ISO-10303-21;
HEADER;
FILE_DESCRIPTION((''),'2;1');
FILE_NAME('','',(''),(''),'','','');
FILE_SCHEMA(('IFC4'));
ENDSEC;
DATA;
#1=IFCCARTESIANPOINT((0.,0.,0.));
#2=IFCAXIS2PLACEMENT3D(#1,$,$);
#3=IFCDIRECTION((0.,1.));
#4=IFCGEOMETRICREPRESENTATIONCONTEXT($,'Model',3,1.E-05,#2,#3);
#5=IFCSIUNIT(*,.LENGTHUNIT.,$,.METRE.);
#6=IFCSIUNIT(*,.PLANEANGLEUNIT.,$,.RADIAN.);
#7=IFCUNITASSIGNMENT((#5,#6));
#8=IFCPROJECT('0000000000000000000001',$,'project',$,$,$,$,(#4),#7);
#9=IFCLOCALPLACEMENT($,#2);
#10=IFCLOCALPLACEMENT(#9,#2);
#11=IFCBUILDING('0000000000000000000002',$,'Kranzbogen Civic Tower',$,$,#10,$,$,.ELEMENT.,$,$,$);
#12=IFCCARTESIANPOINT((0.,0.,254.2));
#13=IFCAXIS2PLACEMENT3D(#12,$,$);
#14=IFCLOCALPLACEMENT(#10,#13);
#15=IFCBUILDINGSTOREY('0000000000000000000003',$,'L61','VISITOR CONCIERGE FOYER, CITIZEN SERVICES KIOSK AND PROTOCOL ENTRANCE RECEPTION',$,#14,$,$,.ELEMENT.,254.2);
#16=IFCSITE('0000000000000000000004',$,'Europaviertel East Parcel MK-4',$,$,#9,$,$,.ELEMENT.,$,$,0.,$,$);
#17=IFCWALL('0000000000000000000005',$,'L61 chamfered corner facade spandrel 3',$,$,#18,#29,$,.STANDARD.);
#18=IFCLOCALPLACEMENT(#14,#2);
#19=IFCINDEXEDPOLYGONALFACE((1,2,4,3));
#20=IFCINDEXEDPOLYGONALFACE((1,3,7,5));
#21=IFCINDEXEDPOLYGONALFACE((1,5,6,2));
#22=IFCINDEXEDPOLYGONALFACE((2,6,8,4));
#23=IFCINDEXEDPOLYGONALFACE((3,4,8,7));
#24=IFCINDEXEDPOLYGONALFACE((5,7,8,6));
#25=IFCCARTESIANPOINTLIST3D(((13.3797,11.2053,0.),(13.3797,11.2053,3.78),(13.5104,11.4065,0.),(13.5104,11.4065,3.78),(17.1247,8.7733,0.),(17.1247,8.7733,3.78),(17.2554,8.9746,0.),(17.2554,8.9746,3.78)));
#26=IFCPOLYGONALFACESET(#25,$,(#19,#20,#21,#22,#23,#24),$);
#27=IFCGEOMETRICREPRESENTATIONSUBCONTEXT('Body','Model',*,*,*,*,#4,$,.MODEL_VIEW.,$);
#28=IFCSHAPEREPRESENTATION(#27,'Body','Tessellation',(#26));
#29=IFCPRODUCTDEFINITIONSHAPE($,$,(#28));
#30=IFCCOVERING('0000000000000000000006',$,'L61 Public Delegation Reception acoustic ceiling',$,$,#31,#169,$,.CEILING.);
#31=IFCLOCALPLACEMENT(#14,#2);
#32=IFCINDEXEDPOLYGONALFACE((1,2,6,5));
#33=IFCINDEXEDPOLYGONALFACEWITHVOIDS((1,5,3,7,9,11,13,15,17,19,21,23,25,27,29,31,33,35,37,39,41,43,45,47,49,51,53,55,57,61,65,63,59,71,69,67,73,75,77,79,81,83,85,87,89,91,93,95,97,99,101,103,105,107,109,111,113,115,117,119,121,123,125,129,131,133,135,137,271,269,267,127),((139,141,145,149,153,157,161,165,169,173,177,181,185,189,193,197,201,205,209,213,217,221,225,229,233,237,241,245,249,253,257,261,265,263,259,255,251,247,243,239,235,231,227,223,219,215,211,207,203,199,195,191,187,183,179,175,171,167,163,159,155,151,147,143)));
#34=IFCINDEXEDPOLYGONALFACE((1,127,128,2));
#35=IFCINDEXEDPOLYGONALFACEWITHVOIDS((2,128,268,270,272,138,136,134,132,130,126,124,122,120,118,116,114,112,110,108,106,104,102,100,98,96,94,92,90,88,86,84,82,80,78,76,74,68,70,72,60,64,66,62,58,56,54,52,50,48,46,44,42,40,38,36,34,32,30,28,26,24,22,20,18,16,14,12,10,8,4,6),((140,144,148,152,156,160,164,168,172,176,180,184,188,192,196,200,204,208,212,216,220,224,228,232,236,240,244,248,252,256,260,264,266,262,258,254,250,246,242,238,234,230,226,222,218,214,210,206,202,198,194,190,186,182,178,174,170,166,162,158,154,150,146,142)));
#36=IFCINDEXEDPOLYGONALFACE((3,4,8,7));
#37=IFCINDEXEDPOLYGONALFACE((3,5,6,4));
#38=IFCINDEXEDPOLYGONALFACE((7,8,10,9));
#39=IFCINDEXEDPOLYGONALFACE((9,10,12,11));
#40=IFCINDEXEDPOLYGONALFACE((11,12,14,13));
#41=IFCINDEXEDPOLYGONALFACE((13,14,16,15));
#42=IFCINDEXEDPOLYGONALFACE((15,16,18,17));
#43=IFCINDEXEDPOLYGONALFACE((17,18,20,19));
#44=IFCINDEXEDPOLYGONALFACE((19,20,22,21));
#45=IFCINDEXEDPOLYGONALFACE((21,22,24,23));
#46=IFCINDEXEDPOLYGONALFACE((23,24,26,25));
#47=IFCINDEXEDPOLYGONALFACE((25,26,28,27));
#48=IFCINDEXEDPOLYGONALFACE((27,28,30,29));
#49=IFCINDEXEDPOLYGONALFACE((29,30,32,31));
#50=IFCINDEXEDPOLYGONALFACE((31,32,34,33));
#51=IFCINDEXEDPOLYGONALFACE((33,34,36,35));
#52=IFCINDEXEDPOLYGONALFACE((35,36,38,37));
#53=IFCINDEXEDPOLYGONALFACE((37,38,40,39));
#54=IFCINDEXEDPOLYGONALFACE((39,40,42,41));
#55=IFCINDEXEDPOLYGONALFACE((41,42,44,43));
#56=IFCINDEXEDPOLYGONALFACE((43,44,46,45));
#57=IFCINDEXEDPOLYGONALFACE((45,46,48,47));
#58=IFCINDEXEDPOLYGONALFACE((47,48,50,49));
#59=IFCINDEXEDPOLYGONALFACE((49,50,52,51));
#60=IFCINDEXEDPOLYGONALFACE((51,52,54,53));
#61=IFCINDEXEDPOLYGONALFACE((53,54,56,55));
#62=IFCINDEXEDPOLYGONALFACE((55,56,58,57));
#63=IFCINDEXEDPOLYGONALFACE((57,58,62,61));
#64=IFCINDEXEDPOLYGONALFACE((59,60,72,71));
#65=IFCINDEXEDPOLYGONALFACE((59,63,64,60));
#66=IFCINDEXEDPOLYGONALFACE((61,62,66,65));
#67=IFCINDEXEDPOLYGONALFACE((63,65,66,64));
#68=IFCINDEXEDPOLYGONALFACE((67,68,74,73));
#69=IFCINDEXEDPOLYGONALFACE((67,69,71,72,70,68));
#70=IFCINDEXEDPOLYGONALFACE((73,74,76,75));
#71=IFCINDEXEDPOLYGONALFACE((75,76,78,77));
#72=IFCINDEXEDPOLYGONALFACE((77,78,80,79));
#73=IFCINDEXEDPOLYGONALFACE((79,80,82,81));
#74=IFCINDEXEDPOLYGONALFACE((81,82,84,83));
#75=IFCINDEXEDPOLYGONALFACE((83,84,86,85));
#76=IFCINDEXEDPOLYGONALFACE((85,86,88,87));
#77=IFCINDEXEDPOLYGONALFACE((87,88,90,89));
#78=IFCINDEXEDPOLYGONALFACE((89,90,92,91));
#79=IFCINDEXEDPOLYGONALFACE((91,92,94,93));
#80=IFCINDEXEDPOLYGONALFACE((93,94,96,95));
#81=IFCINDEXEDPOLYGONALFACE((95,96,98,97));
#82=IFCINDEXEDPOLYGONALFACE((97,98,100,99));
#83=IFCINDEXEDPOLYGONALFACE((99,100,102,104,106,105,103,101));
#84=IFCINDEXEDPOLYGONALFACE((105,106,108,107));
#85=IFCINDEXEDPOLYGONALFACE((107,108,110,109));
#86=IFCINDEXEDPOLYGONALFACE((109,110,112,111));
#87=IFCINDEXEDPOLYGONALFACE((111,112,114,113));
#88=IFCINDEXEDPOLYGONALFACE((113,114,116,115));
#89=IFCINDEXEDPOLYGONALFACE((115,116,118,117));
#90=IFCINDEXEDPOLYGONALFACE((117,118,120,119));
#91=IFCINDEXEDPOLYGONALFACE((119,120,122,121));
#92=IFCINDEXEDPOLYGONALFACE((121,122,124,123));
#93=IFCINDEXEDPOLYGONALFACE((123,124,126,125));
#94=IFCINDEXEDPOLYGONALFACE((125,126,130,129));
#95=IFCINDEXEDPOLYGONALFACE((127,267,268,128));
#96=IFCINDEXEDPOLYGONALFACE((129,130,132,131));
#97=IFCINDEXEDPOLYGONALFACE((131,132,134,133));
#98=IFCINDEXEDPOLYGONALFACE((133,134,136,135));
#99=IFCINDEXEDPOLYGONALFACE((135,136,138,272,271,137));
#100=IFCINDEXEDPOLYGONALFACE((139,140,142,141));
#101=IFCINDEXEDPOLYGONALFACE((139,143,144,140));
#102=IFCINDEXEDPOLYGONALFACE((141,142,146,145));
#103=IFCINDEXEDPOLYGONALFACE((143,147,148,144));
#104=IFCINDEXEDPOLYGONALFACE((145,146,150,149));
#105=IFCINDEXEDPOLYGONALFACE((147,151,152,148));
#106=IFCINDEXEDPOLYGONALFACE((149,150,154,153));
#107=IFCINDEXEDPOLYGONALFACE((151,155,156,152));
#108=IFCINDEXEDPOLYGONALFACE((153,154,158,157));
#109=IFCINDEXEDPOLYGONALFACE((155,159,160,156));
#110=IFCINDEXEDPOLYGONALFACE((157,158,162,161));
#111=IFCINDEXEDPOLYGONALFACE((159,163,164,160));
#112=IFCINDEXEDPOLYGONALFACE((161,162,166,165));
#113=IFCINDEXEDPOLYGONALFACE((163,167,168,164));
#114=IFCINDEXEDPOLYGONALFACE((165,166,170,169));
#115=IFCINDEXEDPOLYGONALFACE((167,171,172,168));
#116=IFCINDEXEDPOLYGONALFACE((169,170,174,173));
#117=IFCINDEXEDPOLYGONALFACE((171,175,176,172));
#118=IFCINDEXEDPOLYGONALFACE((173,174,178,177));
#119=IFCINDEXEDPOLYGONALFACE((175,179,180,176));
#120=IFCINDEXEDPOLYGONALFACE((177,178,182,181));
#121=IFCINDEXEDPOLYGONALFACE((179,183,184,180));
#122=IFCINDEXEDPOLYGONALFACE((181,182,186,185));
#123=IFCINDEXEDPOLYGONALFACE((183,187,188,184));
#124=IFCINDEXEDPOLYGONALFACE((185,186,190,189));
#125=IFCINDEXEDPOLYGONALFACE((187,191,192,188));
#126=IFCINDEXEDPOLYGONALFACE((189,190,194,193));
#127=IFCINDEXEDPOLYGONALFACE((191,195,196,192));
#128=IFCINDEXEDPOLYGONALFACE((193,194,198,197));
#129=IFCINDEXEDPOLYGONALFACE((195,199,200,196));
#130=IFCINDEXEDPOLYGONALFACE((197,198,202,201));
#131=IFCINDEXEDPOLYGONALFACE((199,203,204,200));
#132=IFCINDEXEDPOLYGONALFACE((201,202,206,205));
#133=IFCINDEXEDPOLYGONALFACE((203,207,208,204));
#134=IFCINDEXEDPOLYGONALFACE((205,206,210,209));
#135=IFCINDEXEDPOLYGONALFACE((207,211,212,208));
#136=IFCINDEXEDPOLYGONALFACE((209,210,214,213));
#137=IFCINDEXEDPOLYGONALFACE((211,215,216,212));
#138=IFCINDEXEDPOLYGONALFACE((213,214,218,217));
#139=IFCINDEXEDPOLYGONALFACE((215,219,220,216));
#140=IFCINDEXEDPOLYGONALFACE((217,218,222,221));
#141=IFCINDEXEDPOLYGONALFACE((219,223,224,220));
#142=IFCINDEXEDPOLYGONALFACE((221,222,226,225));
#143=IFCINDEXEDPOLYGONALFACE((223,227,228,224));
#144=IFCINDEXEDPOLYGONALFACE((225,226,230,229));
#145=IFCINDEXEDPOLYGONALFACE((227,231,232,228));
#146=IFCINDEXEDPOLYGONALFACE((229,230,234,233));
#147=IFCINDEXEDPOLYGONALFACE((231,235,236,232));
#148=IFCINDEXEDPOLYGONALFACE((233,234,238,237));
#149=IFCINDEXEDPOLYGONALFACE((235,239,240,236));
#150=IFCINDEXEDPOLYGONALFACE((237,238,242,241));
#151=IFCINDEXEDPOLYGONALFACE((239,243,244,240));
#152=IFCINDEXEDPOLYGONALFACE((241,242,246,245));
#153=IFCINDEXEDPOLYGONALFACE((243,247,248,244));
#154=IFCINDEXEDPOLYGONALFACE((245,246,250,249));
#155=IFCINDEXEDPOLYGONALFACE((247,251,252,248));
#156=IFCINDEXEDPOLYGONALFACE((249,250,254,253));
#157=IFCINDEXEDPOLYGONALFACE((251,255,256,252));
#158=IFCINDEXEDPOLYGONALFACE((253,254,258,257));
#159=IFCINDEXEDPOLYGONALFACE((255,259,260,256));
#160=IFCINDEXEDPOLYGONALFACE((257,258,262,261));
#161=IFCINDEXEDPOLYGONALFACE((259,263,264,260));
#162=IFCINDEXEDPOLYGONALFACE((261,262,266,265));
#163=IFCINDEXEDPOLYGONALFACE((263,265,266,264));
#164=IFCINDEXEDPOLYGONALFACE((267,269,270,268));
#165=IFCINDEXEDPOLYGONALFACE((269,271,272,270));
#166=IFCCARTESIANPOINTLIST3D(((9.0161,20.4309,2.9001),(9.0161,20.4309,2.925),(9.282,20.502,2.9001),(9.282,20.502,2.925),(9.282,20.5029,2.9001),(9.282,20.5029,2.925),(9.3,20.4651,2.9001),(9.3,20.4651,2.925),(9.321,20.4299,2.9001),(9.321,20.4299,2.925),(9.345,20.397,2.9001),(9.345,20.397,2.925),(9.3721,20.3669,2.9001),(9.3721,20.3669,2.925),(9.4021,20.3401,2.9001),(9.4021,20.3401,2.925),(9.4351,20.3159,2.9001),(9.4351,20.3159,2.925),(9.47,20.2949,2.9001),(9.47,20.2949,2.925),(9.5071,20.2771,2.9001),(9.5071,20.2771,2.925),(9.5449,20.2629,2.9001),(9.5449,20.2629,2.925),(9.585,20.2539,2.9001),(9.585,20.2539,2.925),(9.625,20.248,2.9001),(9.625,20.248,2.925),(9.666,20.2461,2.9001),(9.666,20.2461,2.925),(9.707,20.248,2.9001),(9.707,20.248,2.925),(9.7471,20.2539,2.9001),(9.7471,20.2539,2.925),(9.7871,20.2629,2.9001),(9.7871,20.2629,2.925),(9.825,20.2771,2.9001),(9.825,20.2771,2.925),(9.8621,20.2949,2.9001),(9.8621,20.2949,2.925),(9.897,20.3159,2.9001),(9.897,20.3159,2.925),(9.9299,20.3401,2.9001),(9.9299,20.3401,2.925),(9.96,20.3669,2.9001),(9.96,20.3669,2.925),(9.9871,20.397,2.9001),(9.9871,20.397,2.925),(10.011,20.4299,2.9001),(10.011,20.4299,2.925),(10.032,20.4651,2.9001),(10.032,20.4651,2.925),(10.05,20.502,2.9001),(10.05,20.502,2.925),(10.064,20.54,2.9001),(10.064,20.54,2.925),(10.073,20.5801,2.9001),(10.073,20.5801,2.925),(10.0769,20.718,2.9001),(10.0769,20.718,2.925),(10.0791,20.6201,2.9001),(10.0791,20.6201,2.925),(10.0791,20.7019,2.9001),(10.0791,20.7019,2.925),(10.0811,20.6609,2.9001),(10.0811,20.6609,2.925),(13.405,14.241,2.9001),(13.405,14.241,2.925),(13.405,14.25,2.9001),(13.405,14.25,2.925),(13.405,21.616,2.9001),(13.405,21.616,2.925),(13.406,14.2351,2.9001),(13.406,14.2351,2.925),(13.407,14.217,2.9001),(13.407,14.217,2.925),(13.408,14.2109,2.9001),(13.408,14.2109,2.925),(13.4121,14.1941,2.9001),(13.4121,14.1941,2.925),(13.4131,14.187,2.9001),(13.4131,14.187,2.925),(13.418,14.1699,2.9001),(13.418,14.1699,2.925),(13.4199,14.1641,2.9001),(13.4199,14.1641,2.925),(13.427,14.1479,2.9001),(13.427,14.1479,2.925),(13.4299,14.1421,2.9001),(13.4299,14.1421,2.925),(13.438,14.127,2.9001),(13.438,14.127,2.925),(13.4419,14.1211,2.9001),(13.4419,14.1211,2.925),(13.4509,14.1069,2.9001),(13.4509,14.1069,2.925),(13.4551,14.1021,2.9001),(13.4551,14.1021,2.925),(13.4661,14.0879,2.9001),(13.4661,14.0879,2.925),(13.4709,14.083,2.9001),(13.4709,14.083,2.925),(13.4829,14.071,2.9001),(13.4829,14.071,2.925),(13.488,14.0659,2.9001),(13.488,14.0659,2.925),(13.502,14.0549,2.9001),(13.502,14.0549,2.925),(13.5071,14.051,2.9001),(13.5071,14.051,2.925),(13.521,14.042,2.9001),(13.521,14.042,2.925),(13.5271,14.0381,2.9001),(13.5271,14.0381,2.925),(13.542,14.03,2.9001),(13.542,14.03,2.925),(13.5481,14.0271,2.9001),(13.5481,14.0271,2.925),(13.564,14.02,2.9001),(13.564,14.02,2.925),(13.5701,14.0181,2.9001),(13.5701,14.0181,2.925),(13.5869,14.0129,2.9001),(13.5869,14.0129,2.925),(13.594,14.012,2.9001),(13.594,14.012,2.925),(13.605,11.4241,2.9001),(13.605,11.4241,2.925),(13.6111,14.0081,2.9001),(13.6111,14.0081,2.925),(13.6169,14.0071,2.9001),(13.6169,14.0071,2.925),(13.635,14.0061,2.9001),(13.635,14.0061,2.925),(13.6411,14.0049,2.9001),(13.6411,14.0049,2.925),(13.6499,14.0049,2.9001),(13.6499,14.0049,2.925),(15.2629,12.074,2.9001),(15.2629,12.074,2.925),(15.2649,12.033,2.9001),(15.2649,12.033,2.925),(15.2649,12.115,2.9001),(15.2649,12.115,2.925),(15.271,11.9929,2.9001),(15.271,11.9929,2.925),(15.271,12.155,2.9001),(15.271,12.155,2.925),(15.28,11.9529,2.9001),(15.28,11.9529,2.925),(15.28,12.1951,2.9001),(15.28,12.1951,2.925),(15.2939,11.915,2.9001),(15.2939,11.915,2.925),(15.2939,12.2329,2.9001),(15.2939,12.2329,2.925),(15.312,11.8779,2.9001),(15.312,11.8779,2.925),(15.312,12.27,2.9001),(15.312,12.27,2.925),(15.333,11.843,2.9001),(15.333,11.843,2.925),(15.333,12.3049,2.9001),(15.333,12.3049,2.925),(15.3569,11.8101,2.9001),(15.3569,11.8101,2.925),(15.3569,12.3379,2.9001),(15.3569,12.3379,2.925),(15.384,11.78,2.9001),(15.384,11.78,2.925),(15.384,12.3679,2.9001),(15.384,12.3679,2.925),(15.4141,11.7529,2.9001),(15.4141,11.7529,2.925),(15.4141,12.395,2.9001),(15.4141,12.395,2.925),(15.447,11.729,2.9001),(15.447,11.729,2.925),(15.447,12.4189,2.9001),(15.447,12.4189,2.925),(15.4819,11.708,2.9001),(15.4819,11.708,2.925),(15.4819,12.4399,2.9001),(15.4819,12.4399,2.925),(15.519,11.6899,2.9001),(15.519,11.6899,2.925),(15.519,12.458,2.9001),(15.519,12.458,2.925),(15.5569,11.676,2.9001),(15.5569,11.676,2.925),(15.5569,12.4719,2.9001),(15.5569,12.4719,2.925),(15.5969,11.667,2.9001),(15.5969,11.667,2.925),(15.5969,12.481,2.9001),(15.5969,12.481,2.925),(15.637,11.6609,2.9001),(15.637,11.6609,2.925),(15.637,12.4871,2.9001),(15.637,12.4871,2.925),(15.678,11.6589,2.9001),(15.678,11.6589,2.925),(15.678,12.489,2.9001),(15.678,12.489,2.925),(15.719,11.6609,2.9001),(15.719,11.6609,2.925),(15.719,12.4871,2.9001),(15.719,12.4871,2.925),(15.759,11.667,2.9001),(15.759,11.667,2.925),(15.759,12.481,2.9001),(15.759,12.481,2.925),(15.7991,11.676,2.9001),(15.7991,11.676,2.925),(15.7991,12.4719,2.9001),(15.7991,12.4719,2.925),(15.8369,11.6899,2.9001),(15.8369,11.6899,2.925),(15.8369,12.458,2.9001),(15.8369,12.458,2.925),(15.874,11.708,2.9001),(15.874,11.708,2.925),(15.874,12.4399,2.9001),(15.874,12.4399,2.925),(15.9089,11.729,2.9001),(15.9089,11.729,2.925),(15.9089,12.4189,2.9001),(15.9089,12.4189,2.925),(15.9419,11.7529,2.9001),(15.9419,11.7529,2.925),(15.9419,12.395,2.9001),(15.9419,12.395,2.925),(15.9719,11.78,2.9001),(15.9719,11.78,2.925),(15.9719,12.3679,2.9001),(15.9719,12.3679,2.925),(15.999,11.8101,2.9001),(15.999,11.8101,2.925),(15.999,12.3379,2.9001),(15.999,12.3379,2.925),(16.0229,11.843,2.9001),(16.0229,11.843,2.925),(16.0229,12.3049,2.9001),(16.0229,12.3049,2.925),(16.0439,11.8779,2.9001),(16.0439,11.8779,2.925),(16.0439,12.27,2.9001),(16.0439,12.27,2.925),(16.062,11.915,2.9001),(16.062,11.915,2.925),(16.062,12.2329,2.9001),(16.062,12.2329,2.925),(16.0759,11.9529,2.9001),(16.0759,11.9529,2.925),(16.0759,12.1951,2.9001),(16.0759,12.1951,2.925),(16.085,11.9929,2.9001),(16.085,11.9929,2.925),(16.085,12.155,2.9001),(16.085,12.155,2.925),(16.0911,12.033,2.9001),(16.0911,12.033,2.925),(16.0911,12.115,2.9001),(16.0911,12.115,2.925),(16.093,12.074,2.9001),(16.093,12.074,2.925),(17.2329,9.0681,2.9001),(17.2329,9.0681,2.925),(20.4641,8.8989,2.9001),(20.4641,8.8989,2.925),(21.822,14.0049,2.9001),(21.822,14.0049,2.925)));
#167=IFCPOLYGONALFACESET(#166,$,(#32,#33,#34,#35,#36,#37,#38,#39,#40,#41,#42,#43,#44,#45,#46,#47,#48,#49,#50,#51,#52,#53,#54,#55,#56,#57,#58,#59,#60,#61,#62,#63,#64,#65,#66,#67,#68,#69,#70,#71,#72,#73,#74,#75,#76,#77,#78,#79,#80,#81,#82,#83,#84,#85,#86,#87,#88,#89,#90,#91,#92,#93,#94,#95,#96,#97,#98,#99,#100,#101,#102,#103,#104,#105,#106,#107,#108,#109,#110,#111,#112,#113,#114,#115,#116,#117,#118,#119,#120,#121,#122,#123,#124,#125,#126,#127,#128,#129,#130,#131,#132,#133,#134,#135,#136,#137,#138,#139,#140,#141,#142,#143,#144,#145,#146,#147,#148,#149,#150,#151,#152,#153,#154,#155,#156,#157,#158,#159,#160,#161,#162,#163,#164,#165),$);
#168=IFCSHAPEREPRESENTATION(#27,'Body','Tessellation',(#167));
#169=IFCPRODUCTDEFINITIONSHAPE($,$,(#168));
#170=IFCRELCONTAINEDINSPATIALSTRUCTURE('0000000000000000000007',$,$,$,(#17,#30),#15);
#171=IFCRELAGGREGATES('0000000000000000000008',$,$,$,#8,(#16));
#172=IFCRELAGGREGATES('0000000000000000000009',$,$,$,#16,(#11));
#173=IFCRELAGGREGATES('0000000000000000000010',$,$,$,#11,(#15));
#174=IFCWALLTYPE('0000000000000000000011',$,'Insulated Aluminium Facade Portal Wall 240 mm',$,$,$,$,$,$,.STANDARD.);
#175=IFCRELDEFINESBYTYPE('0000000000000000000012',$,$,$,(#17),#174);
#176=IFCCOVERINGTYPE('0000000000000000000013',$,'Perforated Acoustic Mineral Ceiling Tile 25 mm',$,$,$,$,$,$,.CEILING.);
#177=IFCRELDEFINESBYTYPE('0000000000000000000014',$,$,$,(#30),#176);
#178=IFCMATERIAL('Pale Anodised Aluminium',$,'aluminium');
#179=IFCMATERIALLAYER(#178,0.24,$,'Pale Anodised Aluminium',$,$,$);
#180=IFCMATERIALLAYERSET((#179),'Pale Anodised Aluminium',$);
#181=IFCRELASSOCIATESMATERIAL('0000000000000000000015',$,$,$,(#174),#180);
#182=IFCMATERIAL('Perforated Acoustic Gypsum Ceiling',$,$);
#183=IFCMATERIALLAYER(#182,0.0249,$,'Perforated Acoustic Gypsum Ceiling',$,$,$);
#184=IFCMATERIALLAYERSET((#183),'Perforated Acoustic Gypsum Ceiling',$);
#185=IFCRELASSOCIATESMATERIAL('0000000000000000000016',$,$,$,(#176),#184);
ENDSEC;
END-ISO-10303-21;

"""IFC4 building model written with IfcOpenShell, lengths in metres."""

from ifc_helpers import new_model, si_unit, direction, frame, frame_2d, origin, place, context, subcontext, project, spatial, polyline, rectangle, outline, extrude, material, layer, layer_set, type_object, element, save


model = new_model("IFC4")

# Units and contexts
model_context = context("Model", 3, precision=1e-05, world=origin(), true_north=direction((0.0, 1.0)))
body_context = subcontext(model_context, "Body", "Model", "MODEL_VIEW")
ifc_project = project(units=[si_unit("LENGTHUNIT", "METRE"), si_unit("PLANEANGLEUNIT", "RADIAN")], contexts=[model_context])

# Site, building, storey
site_placement = place(None, origin())
site = spatial("IfcSite", under=ifc_project, at=site_placement, Name="Europaviertel East Parcel MK-4", CompositionType="ELEMENT", RefElevation=0.0)
building_placement = place(site_placement, origin())
building = spatial("IfcBuilding", under=site, at=building_placement, Name="Kranzbogen Civic Tower", CompositionType="ELEMENT")
storey_placement = place(building_placement, frame((0.0, 0.0, 254.2)))
storey = spatial("IfcBuildingStorey", under=building, at=storey_placement, Name="L61", Description="VISITOR CONCIERGE FOYER, CITIZEN SERVICES KIOSK AND PROTOCOL ENTRANCE RECEPTION", CompositionType="ELEMENT", Elevation=254.2)

# Shared definitions
ifc_material_1 = material(Name="Pale Anodised Aluminium", Category="aluminium")

# Shared definitions
ifc_layer_1 = layer(ifc_material_1, 0.24, Name="Pale Anodised Aluminium")
ifc_layer_set_1 = layer_set([ifc_layer_1], Name="Pale Anodised Aluminium")
wall_type_1 = type_object("IfcWallType", Name="Insulated Aluminium Facade Portal Wall 240 mm", PredefinedType="STANDARD", material=ifc_layer_set_1)

# Wall
wall_1_placement = place(storey_placement, frame((13.4451, 11.3059, 0.0), z_axis=(0.0, 0.0, 1.0), x_axis=(0.838677, -0.544629, 0.0)))
element("IfcWall", 1, at=wall_1_placement, inside=storey, type_object=wall_type_1, Name="L61 chamfered corner facade spandrel 3", PredefinedType="STANDARD", context=body_context, shape_type="SweptSolid", body=[
    extrude(rectangle(XDim=4.4653, YDim=0.24, at=frame_2d((2.2327, 0.0))), origin(), (0.0, 0.0, 1.0), 3.78),
])

# Covering
ifc_material_2 = material(Name="Perforated Acoustic Gypsum Ceiling")
ifc_layer_2 = layer(ifc_material_2, 0.0249, Name="Perforated Acoustic Gypsum Ceiling")
ifc_layer_set_2 = layer_set([ifc_layer_2], Name="Perforated Acoustic Gypsum Ceiling")
covering_type = type_object("IfcCoveringType", Name="Perforated Acoustic Mineral Ceiling Tile 25 mm", PredefinedType="CEILING", material=ifc_layer_set_2)
covering_1_placement = place(storey_placement, frame((0.0, 0.0, 2.9001)))
element("IfcCovering", 2, at=covering_1_placement, inside=storey, type_object=covering_type, Name="L61 Public Delegation Reception acoustic ceiling", PredefinedType="CEILING", context=body_context, shape_type="SweptSolid", body=[
    extrude(outline(polyline([(13.605, 11.4241), (9.0161, 20.4309), (9.282, 20.5029), (9.282, 20.502), (9.3, 20.4651), (9.321, 20.4299), (9.345, 20.397), (9.3721, 20.3669), (9.4021, 20.3401), (9.4351, 20.3159), (9.47, 20.2949), (9.5071, 20.2771), (9.5449, 20.2629), (9.585, 20.2539), (9.625, 20.248), (9.666, 20.2461), (9.707, 20.248), (9.7471, 20.2539), (9.7871, 20.2629), (9.825, 20.2771), (9.8621, 20.2949), (9.897, 20.3159), (9.9299, 20.3401), (9.96, 20.3669), (9.9871, 20.397), (10.011, 20.4299), (10.032, 20.4651), (10.05, 20.502), (10.064, 20.54), (10.073, 20.5801), (10.0791, 20.6201), (10.0811, 20.6609), (10.0791, 20.7019), (10.0769, 20.718), (13.405, 21.616), (13.405, 14.25), (13.405, 14.241), (13.406, 14.2351), (13.407, 14.217), (13.408, 14.2109), (13.4121, 14.1941), (13.4131, 14.187), (13.418, 14.1699), (13.4199, 14.1641), (13.427, 14.1479), (13.4299, 14.1421), (13.438, 14.127), (13.4419, 14.1211), (13.4509, 14.1069), (13.4551, 14.1021), (13.4661, 14.0879), (13.4709, 14.083), (13.4829, 14.071), (13.488, 14.0659), (13.502, 14.0549), (13.5071, 14.051), (13.521, 14.042), (13.5271, 14.0381), (13.542, 14.03), (13.5481, 14.0271), (13.564, 14.02), (13.5701, 14.0181), (13.5869, 14.0129), (13.594, 14.012), (13.6111, 14.0081), (13.6169, 14.0071), (13.635, 14.0061), (13.6411, 14.0049), (13.6499, 14.0049), (21.822, 14.0049), (20.4641, 8.8989), (17.2329, 9.0681), (13.605, 11.4241)]), holes=[polyline([(16.062, 11.915), (16.0439, 11.8779), (16.0229, 11.843), (15.999, 11.8101), (15.9719, 11.78), (15.9419, 11.7529), (15.9089, 11.729), (15.874, 11.708), (15.8369, 11.6899), (15.7991, 11.676), (15.759, 11.667), (15.719, 11.6609), (15.678, 11.6589), (15.637, 11.6609), (15.5969, 11.667), (15.5569, 11.676), (15.519, 11.6899), (15.4819, 11.708), (15.447, 11.729), (15.4141, 11.7529), (15.384, 11.78), (15.3569, 11.8101), (15.333, 11.843), (15.312, 11.8779), (15.2939, 11.915), (15.28, 11.9529), (15.271, 11.9929), (15.2649, 12.033), (15.2629, 12.074), (15.2649, 12.115), (15.271, 12.155), (15.28, 12.1951), (15.2939, 12.2329), (15.312, 12.27), (15.333, 12.3049), (15.3569, 12.3379), (15.384, 12.3679), (15.4141, 12.395), (15.447, 12.4189), (15.4819, 12.4399), (15.519, 12.458), (15.5569, 12.4719), (15.5969, 12.481), (15.637, 12.4871), (15.678, 12.489), (15.719, 12.4871), (15.759, 12.481), (15.7991, 12.4719), (15.8369, 12.458), (15.874, 12.4399), (15.9089, 12.4189), (15.9419, 12.395), (15.9719, 12.3679), (15.999, 12.3379), (16.0229, 12.3049), (16.0439, 12.27), (16.062, 12.2329), (16.0759, 12.1951), (16.085, 12.155), (16.0911, 12.115), (16.093, 12.074), (16.0911, 12.033), (16.085, 11.9929), (16.0759, 11.9529), (16.062, 11.915)])]), origin(), (0.0, 0.0, 1.0), 0.0249),
])

save(model, "model.ifc")
